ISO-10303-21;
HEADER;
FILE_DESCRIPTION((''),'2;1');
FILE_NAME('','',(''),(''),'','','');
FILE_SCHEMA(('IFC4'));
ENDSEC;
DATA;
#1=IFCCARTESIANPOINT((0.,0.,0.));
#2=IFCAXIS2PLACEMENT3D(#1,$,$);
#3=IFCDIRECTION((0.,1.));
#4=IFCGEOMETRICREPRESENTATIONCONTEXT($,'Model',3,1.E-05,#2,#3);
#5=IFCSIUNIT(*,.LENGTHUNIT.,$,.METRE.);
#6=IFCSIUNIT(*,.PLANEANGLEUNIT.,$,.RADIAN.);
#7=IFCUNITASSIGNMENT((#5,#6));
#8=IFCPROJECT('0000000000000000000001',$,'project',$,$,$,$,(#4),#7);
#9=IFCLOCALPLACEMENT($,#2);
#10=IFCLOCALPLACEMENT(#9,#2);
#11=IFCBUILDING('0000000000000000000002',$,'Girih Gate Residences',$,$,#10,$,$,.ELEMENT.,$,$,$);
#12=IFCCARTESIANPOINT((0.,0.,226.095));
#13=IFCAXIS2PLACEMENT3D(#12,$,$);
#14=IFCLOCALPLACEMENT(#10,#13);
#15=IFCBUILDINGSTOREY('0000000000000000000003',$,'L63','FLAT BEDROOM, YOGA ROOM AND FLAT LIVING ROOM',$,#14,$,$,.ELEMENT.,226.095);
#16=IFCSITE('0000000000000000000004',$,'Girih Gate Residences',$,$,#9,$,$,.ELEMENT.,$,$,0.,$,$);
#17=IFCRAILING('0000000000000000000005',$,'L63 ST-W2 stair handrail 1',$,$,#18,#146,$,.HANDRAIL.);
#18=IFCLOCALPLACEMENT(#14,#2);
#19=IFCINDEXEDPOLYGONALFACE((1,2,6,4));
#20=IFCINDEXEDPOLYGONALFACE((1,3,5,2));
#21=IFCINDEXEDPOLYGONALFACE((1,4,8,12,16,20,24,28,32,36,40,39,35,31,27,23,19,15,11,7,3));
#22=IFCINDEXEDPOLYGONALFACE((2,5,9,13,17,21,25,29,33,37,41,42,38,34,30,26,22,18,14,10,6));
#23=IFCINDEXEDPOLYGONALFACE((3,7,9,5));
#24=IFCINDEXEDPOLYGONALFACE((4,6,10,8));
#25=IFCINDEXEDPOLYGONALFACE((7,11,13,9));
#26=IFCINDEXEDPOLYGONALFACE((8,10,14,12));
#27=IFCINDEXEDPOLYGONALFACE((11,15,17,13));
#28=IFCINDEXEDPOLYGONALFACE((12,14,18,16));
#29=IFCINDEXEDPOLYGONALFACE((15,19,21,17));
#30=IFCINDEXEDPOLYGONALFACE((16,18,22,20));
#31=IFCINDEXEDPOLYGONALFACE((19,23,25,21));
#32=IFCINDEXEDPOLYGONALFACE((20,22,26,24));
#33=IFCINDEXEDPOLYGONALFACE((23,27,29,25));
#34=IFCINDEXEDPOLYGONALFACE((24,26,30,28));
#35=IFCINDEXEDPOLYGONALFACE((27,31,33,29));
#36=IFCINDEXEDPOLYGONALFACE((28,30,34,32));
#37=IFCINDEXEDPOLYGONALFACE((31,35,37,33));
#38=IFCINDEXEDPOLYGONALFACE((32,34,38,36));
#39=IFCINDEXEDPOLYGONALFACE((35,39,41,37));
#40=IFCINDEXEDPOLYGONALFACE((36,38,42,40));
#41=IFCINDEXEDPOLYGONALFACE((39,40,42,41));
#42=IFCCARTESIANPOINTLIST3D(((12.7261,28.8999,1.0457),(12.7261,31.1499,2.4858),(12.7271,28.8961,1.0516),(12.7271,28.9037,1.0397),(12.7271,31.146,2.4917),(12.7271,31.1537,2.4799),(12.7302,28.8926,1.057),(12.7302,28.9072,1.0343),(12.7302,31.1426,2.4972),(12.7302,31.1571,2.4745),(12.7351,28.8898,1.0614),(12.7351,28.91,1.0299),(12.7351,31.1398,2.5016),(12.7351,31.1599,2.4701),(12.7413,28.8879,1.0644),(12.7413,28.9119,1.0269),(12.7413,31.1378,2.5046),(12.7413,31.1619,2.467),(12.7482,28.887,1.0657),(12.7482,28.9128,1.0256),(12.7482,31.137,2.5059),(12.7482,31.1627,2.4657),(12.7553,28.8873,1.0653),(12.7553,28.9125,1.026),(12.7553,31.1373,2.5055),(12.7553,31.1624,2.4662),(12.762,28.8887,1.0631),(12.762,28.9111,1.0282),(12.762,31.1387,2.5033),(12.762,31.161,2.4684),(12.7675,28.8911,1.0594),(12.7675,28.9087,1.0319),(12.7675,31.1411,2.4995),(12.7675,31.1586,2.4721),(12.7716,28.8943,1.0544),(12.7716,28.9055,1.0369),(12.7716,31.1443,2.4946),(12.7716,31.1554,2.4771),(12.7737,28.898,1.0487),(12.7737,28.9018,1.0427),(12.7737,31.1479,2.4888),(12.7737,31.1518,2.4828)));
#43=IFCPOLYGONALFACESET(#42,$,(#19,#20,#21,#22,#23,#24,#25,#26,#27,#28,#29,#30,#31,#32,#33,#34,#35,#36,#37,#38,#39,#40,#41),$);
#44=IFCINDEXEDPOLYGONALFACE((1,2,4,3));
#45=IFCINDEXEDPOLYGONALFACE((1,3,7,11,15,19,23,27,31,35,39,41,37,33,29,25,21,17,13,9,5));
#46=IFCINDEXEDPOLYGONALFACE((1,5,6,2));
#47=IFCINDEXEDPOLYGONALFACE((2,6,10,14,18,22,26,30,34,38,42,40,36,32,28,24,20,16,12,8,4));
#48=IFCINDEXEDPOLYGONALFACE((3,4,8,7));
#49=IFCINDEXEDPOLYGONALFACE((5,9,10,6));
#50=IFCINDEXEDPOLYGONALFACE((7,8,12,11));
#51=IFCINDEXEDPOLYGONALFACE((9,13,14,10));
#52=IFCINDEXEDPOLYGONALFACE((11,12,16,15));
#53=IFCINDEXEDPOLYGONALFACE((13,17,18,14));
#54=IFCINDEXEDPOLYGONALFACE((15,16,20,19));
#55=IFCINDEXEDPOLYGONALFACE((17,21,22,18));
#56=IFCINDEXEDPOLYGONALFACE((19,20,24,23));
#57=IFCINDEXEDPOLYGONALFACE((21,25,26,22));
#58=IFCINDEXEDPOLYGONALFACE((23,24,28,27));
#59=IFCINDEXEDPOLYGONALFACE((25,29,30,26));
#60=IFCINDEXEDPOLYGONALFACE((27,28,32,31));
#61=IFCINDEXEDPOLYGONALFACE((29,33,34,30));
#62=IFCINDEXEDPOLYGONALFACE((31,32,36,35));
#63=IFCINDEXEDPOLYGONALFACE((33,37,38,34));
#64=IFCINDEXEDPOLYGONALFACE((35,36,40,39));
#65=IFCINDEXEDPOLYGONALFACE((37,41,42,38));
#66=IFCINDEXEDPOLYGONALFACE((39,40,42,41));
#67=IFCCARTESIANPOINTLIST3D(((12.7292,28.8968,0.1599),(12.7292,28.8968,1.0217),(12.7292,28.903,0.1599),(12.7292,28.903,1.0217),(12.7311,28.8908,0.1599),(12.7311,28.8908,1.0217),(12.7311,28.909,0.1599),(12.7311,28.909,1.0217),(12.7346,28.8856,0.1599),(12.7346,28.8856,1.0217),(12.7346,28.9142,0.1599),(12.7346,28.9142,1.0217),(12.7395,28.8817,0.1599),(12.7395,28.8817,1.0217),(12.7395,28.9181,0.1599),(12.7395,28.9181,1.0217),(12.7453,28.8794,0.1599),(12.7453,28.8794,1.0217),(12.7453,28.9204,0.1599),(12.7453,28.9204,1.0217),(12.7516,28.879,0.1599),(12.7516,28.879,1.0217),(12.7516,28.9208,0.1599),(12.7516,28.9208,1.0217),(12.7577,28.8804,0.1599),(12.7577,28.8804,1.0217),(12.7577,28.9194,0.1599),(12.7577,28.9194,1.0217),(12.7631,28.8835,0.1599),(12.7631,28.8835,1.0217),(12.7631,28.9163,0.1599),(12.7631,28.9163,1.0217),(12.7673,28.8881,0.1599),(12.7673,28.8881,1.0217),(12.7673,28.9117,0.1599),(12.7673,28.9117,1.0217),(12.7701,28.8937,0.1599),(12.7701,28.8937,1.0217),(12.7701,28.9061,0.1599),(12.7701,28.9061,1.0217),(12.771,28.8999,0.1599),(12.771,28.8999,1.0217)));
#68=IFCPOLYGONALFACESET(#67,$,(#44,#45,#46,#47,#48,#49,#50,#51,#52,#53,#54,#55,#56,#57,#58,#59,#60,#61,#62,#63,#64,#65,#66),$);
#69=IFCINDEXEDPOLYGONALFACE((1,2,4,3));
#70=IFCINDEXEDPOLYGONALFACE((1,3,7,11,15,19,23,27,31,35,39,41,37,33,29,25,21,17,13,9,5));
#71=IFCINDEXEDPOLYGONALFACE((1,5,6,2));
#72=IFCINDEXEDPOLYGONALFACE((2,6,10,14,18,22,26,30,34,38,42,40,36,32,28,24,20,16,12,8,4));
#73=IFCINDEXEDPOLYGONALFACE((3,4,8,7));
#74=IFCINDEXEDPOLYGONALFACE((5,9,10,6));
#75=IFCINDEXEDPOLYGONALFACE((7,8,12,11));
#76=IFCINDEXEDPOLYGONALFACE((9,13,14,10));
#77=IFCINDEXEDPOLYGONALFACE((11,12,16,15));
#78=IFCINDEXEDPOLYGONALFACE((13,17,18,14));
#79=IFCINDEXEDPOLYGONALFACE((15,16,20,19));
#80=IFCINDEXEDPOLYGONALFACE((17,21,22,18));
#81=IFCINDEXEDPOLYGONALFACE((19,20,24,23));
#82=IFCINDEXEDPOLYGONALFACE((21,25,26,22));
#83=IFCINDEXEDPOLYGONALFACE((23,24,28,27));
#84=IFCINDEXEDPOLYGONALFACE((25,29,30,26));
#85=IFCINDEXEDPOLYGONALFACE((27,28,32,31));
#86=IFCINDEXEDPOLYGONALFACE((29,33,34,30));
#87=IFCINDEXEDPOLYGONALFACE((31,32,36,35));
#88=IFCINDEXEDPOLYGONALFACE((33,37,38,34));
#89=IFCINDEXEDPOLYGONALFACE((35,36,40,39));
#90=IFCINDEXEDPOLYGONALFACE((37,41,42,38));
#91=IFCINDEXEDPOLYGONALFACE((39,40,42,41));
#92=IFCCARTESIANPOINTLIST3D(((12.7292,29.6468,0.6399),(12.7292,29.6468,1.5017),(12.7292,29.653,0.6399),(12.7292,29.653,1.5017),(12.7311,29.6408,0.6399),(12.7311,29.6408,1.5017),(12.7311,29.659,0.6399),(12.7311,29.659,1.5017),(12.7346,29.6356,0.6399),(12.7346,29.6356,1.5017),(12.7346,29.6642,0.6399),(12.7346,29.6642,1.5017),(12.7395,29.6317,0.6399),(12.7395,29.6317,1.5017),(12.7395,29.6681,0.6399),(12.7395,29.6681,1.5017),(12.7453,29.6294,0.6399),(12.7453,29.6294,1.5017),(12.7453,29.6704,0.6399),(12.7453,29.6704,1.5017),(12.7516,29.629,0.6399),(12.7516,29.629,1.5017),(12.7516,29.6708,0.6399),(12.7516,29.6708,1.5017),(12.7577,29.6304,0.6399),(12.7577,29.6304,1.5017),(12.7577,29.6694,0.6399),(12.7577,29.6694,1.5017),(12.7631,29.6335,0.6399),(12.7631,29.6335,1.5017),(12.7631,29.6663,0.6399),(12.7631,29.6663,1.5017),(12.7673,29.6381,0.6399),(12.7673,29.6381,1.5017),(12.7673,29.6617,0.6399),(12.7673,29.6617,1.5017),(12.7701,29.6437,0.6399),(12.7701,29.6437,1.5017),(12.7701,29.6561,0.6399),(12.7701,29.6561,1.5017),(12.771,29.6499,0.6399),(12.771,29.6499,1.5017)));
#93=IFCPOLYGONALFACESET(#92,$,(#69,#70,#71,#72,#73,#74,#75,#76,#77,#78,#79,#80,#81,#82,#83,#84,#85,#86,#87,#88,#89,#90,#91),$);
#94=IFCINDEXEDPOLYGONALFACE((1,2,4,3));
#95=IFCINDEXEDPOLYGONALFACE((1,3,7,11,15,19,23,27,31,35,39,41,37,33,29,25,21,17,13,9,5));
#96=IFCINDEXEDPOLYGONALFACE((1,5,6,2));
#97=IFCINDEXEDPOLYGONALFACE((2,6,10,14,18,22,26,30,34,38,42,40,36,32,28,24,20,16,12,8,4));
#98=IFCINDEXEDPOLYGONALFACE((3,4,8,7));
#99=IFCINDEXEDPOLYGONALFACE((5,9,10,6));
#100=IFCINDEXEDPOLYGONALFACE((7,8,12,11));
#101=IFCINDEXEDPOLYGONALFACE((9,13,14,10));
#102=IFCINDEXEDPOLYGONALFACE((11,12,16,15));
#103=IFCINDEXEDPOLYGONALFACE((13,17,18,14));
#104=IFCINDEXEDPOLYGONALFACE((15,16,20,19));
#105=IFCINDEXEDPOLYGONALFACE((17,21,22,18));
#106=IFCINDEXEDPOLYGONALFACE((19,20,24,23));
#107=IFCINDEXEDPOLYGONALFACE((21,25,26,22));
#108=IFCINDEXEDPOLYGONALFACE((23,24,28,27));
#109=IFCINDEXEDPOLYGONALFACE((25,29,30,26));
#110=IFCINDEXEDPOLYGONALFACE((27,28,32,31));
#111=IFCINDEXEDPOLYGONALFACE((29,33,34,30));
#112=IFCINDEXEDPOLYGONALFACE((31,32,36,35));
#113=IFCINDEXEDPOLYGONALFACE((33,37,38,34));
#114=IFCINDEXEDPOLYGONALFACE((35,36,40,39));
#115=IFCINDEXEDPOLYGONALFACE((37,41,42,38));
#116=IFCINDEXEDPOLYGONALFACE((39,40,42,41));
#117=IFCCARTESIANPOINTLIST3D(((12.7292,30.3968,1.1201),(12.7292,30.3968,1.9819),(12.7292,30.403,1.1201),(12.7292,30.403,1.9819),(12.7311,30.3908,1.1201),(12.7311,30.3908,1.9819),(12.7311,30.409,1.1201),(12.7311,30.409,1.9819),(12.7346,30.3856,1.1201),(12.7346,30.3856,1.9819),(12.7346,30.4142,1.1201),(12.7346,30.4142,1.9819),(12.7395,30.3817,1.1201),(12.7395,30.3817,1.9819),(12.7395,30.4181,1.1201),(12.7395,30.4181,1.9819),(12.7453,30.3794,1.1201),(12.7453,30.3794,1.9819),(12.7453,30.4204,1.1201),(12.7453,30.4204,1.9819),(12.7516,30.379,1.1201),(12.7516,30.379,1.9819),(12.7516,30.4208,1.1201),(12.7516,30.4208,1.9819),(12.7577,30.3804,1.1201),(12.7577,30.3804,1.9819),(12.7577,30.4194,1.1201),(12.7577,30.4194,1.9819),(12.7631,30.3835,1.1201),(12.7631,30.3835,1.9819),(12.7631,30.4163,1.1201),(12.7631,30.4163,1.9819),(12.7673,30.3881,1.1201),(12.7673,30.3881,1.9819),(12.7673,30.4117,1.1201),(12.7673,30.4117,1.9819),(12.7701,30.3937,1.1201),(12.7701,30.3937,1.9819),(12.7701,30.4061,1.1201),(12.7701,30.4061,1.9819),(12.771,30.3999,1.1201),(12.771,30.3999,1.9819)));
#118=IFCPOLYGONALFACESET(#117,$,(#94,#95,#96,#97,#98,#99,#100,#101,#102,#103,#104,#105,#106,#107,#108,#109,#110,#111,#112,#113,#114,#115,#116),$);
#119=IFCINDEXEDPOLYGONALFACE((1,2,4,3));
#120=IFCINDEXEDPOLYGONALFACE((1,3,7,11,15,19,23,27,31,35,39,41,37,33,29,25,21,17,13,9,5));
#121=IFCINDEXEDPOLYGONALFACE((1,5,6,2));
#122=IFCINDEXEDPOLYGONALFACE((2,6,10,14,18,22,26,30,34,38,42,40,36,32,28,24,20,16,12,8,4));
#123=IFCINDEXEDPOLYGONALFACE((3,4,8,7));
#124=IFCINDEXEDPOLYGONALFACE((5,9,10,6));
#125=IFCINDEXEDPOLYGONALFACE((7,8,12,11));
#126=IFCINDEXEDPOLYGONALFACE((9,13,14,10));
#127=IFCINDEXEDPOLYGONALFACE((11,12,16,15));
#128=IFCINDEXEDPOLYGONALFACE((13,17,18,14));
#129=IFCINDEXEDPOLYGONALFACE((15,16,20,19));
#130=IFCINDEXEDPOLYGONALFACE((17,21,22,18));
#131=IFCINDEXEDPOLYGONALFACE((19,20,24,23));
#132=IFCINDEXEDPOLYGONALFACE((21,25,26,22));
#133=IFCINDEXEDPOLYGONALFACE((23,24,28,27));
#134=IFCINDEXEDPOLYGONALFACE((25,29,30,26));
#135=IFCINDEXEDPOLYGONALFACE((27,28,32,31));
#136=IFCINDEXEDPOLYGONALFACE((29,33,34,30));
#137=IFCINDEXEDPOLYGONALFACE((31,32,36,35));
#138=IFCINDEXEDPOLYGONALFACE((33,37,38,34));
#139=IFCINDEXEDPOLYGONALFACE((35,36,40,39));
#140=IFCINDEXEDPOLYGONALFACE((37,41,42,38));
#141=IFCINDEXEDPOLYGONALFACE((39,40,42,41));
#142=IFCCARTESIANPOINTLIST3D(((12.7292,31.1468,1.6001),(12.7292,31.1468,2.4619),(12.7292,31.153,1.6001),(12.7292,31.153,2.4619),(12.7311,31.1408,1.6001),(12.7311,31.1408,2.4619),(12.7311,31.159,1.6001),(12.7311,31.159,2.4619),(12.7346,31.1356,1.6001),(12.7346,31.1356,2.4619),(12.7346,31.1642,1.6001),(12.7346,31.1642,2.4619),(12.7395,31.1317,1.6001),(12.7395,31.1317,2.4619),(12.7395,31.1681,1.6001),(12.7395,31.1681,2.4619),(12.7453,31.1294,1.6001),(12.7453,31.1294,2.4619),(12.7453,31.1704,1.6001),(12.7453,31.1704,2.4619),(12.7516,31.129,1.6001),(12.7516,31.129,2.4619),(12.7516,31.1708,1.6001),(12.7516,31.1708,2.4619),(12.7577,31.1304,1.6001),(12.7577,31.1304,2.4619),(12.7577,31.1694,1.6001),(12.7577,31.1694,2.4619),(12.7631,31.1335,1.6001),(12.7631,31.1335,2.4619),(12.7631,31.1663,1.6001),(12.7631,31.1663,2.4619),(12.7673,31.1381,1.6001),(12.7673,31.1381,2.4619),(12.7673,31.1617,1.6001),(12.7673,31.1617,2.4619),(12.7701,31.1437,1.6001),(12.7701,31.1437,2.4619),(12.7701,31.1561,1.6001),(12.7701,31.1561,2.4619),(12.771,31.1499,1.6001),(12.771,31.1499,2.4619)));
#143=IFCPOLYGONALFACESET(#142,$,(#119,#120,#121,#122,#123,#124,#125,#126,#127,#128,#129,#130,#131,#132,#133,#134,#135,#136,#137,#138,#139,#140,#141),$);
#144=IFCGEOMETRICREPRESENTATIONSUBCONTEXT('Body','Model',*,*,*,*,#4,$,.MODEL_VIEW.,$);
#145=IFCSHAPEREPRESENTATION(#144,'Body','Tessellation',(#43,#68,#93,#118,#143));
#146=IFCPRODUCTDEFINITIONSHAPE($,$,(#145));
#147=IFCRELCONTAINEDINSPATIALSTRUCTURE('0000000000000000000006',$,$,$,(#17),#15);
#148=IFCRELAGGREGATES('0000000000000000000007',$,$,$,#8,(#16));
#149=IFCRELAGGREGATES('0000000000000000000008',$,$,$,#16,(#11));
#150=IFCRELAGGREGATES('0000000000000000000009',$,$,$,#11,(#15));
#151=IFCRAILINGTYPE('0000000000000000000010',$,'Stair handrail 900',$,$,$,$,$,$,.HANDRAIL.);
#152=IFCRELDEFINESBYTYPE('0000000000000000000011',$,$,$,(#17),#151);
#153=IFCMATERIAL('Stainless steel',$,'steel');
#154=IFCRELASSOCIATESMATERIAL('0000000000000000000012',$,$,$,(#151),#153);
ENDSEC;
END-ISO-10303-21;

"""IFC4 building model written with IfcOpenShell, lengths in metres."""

from ifc_helpers import new_model, si_unit, direction, frame, origin, origin_2d, place, context, subcontext, project, spatial, circle, extrude, material, type_object, element, save


model = new_model("IFC4")

# Units and contexts
model_context = context("Model", 3, precision=1e-05, world=origin(), true_north=direction((0.0, 1.0)))
body_context = subcontext(model_context, "Body", "Model", "MODEL_VIEW")
ifc_project = project(units=[si_unit("LENGTHUNIT", "METRE"), si_unit("PLANEANGLEUNIT", "RADIAN")], contexts=[model_context])

# Site, building, storey
site_placement = place(None, origin())
site = spatial("IfcSite", under=ifc_project, at=site_placement, Name="Girih Gate Residences", CompositionType="ELEMENT", RefElevation=0.0)
building_placement = place(site_placement, origin())
building = spatial("IfcBuilding", under=site, at=building_placement, Name="Girih Gate Residences", CompositionType="ELEMENT")
storey_placement = place(building_placement, frame((0.0, 0.0, 226.095)))
storey = spatial("IfcBuildingStorey", under=building, at=storey_placement, Name="L63", Description="FLAT BEDROOM, YOGA ROOM AND FLAT LIVING ROOM", CompositionType="ELEMENT", Elevation=226.095)

# Shared definitions
ifc_material_1 = material(Name="Stainless steel", Category="steel")

# Railing
railing_type_1 = type_object("IfcRailingType", Name="Stair handrail 900", PredefinedType="HANDRAIL", material=ifc_material_1)
railing_1_placement = place(storey_placement, frame((12.75, 28.8999, 0.1599)))
element("IfcRailing", 1, at=railing_1_placement, inside=storey, type_object=railing_type_1, Name="L63 ST-W2 stair handrail 1", PredefinedType="HANDRAIL", context=body_context, shape_type="SweptSolid", body=[
    extrude(circle(Radius=0.0239, at=origin_2d()), frame((0.0, 0.0, 0.8857), z_axis=(0.0, 0.84224, 0.539103), x_axis=(-1.0, 0.0, 0.0)), (0.0, 0.0, 1.0), 2.6714),
    extrude(circle(Radius=0.021, at=origin_2d()), origin(), (0.0, 0.0, 1.0), 0.8618),
    extrude(circle(Radius=0.021, at=origin_2d()), frame((0.0, 0.75, 0.48)), (0.0, 0.0, 1.0), 0.8618),
    extrude(circle(Radius=0.021, at=origin_2d()), frame((0.0, 1.5, 0.9602)), (0.0, 0.0, 1.0), 0.8618),
    extrude(circle(Radius=0.021, at=origin_2d()), frame((0.0, 2.25, 1.4402)), (0.0, 0.0, 1.0), 0.8618),
])

save(model, "model.ifc")
